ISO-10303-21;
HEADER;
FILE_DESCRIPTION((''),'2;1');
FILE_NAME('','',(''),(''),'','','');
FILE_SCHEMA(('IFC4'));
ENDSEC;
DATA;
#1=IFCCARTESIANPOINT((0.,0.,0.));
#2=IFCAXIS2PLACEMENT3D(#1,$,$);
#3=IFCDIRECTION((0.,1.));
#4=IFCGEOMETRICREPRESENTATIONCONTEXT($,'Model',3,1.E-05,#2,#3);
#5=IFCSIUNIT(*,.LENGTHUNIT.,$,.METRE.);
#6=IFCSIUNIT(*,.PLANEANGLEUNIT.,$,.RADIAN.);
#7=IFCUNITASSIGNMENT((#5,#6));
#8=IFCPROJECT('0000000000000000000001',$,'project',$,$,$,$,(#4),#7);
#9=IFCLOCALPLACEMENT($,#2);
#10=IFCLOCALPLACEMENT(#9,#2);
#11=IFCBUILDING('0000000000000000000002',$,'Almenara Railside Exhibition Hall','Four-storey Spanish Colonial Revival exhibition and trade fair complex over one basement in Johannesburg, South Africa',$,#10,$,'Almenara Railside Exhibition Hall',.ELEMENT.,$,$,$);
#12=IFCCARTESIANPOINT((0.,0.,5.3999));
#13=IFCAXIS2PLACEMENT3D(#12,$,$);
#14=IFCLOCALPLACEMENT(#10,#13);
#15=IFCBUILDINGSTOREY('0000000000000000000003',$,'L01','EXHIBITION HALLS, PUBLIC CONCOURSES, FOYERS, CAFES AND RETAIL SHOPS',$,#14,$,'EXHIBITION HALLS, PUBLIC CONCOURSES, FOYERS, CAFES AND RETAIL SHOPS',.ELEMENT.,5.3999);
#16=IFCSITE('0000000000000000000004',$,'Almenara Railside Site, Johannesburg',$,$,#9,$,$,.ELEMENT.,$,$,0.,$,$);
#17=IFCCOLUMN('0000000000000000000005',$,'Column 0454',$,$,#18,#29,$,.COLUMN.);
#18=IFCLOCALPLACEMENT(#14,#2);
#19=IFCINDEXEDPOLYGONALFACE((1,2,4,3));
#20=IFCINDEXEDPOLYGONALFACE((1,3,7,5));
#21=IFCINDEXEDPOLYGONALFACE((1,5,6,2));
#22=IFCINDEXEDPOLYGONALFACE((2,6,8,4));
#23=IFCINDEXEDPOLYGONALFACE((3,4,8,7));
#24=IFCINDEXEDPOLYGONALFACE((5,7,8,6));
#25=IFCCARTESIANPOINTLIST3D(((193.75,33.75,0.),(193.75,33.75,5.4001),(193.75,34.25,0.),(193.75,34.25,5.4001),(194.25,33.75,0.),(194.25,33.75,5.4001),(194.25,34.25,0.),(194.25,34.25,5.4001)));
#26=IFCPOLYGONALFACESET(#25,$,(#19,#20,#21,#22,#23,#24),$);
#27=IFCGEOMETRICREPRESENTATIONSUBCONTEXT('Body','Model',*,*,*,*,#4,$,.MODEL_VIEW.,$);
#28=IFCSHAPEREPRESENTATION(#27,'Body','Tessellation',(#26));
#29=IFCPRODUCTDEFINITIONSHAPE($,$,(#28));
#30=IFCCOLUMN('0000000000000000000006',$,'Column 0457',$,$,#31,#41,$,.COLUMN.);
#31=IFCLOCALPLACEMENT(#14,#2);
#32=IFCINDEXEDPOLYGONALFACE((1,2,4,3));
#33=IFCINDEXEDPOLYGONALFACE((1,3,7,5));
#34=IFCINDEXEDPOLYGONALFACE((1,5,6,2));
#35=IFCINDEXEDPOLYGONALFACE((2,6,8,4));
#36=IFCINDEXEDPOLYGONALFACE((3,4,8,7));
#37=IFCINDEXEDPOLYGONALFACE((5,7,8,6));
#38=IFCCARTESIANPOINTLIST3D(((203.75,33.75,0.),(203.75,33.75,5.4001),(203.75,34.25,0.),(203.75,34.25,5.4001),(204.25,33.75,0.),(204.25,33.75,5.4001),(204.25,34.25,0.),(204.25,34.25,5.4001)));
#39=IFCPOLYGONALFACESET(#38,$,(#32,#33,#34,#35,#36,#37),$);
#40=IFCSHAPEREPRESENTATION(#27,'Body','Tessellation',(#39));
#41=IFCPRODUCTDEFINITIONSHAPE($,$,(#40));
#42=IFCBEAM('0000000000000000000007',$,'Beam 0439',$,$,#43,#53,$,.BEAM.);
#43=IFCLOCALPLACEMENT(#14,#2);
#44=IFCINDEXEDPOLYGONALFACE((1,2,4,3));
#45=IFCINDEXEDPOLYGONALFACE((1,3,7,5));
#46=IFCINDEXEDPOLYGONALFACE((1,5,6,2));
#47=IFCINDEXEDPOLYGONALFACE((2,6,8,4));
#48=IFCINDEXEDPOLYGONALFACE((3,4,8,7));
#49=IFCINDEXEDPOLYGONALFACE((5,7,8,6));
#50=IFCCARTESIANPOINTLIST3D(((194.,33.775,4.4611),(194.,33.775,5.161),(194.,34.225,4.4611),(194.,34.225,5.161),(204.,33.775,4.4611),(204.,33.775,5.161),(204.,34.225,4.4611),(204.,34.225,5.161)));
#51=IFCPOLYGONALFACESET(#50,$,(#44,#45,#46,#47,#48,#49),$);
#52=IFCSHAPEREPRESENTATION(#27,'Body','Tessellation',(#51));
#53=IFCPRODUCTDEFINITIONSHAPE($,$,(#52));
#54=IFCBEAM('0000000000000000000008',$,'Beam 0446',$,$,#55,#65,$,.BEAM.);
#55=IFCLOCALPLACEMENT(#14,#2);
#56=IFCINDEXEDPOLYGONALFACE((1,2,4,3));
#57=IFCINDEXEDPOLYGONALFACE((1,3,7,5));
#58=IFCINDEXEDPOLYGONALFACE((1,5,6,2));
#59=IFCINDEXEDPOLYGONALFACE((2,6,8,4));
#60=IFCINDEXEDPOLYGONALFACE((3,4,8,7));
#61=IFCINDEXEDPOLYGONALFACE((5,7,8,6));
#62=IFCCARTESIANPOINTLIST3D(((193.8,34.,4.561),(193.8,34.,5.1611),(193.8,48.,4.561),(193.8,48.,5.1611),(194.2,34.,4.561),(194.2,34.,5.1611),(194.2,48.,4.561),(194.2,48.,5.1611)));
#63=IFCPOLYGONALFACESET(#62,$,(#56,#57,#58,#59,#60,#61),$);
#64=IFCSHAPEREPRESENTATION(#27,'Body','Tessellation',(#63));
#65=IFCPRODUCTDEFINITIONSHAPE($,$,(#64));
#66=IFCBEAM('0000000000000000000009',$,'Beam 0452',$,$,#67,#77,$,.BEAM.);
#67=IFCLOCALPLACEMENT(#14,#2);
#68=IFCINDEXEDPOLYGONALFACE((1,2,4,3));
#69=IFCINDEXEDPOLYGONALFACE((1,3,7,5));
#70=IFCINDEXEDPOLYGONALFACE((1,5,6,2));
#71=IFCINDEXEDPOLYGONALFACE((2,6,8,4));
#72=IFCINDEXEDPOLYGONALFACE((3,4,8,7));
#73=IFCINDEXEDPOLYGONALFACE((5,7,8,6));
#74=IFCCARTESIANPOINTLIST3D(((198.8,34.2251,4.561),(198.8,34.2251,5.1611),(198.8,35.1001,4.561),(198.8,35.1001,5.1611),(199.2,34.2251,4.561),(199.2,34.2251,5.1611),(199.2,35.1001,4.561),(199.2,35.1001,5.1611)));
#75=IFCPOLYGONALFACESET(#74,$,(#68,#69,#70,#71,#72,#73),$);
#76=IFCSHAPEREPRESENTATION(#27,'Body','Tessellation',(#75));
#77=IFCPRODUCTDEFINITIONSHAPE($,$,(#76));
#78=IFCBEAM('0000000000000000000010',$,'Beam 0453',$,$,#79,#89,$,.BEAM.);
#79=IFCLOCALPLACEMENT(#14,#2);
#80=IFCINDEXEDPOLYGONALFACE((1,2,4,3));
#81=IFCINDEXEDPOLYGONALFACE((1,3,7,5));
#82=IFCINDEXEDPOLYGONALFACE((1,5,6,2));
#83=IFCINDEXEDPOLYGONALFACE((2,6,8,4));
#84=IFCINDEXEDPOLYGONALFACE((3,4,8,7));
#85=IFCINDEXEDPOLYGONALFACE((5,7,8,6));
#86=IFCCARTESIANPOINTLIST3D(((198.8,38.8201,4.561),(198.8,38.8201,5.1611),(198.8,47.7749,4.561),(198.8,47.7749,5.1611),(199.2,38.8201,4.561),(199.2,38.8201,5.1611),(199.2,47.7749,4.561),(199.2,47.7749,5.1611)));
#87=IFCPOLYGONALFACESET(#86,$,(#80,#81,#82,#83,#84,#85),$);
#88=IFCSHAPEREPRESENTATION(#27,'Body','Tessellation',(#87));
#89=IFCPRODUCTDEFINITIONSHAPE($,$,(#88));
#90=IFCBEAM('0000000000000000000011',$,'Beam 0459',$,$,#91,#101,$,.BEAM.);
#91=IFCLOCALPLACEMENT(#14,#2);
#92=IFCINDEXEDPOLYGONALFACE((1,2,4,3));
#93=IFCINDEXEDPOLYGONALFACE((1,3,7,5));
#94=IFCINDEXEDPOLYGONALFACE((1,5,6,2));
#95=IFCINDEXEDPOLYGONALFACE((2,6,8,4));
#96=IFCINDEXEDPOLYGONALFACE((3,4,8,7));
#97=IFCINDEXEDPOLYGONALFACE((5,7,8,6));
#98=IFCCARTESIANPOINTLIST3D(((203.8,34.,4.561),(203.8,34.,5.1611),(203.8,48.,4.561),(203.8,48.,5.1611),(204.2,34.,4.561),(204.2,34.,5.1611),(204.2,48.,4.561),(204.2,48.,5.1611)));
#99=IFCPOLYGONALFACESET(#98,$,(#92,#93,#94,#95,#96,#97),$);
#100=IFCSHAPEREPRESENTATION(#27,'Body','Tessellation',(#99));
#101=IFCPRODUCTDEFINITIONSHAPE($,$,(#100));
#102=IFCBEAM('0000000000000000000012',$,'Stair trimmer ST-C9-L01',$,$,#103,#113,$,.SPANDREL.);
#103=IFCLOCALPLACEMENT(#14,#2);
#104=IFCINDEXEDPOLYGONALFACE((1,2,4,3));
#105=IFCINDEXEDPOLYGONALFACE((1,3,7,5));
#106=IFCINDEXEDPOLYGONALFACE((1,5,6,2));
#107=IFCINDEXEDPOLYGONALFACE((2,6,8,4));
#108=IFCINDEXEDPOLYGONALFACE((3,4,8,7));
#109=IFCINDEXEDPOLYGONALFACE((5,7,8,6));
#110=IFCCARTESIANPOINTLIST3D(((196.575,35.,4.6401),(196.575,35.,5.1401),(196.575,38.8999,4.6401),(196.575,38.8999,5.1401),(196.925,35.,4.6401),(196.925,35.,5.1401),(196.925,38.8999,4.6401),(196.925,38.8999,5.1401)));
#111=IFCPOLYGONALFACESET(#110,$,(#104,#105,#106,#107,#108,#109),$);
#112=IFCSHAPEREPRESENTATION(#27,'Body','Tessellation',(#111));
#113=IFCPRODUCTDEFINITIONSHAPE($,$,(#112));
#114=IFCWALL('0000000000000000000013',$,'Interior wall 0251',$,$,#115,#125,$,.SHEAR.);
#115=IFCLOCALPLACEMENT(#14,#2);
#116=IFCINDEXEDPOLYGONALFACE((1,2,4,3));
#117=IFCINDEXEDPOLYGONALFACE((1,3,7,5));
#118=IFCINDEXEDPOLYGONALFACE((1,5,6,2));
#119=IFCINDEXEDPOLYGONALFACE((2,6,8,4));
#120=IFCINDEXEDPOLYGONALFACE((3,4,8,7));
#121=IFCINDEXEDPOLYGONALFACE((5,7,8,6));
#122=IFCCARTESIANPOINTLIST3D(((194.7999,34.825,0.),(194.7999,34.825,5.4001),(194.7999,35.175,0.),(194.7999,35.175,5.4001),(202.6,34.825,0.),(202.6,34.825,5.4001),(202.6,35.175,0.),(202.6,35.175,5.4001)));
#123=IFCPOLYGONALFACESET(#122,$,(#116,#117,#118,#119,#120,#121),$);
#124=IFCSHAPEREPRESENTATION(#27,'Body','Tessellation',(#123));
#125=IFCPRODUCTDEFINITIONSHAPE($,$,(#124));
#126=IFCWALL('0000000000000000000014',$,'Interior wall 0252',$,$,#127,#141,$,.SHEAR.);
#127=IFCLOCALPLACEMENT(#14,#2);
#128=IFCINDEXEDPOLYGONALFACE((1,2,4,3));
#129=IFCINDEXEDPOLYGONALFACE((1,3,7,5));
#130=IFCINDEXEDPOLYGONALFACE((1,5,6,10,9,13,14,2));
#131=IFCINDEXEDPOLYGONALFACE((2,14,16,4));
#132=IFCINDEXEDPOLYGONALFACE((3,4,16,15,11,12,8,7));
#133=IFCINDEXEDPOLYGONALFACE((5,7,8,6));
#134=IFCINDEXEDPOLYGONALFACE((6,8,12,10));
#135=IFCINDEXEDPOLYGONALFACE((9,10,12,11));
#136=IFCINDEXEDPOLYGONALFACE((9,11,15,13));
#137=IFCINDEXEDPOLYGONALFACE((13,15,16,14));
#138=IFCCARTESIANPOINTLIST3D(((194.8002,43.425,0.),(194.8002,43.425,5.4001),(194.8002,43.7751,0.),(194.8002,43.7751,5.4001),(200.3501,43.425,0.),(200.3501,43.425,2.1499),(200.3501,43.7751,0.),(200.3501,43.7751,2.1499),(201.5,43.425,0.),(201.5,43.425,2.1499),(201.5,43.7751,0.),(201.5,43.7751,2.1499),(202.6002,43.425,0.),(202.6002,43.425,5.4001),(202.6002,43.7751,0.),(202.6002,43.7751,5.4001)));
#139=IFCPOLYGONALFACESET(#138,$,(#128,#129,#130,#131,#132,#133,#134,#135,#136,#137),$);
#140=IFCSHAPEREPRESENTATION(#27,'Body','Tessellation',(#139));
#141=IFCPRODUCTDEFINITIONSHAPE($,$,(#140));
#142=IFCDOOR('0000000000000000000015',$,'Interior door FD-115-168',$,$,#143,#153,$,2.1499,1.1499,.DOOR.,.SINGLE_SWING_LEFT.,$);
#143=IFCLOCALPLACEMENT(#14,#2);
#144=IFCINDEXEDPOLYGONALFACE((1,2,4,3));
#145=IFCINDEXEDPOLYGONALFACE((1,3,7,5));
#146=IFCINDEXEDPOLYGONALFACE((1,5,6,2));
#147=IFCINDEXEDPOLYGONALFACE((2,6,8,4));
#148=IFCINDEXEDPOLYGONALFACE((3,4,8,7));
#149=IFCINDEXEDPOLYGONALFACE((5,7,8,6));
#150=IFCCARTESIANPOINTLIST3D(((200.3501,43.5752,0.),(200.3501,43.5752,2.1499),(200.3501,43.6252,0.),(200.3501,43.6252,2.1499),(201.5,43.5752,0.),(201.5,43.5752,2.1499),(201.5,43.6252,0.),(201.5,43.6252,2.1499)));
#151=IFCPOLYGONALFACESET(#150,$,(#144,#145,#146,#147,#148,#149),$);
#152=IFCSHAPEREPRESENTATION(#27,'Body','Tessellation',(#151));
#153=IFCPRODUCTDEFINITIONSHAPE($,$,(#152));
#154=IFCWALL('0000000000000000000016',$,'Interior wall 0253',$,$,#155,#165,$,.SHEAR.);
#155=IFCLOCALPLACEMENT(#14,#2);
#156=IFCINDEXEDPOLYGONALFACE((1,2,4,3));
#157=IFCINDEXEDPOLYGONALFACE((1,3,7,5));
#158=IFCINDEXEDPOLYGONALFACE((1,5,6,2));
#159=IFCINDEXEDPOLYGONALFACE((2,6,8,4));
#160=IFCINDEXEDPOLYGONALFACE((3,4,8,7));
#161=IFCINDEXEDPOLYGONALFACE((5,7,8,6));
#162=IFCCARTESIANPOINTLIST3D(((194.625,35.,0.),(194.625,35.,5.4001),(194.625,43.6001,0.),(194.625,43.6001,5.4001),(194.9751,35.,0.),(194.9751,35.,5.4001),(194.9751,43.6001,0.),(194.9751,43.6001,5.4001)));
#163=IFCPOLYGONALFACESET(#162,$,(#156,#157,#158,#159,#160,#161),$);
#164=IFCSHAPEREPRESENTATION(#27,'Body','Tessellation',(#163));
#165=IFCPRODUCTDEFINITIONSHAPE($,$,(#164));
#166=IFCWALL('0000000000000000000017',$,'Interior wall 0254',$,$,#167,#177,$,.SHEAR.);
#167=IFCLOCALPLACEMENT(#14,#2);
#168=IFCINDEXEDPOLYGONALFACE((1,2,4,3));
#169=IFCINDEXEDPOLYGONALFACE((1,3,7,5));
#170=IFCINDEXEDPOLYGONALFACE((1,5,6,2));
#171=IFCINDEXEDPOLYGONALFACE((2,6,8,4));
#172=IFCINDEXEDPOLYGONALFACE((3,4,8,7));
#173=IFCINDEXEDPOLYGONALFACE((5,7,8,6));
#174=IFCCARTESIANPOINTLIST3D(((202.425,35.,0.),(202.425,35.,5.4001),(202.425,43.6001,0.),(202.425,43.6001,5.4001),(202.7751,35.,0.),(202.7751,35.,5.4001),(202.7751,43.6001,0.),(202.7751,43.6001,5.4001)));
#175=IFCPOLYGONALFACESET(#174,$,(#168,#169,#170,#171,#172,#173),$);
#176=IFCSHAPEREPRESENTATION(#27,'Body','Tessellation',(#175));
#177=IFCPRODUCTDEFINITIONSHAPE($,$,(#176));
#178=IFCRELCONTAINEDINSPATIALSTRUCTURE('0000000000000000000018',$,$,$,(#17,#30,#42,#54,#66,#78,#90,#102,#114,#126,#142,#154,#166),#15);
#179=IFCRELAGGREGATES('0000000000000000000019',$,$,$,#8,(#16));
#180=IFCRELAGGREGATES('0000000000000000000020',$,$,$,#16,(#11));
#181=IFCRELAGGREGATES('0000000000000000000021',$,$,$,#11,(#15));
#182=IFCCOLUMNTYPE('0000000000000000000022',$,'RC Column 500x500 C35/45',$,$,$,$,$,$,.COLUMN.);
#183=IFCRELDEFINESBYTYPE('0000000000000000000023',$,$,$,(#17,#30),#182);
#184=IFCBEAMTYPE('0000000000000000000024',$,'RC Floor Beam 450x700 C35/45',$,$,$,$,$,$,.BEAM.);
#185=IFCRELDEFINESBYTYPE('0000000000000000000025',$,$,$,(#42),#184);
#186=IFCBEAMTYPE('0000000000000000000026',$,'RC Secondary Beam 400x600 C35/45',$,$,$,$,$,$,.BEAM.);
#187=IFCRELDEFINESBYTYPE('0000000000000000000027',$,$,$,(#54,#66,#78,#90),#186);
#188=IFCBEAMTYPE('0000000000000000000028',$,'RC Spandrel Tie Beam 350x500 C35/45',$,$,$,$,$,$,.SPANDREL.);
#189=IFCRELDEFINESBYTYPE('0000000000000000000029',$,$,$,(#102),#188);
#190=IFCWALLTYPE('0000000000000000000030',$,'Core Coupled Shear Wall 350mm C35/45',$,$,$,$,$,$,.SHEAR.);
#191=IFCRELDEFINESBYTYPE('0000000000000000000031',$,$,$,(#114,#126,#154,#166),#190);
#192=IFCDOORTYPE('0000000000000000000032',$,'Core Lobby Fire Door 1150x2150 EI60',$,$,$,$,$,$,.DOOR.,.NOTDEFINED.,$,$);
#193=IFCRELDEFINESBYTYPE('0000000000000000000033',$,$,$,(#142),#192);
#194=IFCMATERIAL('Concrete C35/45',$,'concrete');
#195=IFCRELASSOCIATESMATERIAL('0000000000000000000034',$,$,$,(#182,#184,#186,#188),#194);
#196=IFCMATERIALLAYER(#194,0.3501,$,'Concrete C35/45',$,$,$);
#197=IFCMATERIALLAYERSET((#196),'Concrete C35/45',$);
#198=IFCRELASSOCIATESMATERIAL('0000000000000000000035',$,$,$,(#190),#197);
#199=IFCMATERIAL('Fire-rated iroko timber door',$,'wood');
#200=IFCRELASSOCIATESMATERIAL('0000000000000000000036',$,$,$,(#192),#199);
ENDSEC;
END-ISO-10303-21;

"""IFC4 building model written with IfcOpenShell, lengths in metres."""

from ifc_helpers import new_model, si_unit, direction, frame, frame_2d, origin, origin_2d, place, context, subcontext, project, spatial, rectangle, extrude, material, layer, layer_set, material_profile, profile_set, type_object, element, fill, save


model = new_model("IFC4")

# Units and contexts
model_context = context("Model", 3, precision=1e-05, world=origin(), true_north=direction((0.0, 1.0)))
body_context = subcontext(model_context, "Body", "Model", "MODEL_VIEW")
ifc_project = project(units=[si_unit("LENGTHUNIT", "METRE"), si_unit("PLANEANGLEUNIT", "RADIAN")], contexts=[model_context])

# Site, building, storey
site_placement = place(None, origin())
site = spatial("IfcSite", under=ifc_project, at=site_placement, Name="Almenara Railside Site, Johannesburg", CompositionType="ELEMENT", RefElevation=0.0)
building_placement = place(site_placement, origin())
building = spatial("IfcBuilding", under=site, at=building_placement, Name="Almenara Railside Exhibition Hall", Description="Four-storey Spanish Colonial Revival exhibition and trade fair complex over one basement in Johannesburg, South Africa", LongName="Almenara Railside Exhibition Hall", CompositionType="ELEMENT")
storey_placement = place(building_placement, frame((0.0, 0.0, 5.3999)))
storey = spatial("IfcBuildingStorey", under=building, at=storey_placement, Name="L01", Description="EXHIBITION HALLS, PUBLIC CONCOURSES, FOYERS, CAFES AND RETAIL SHOPS", LongName="EXHIBITION HALLS, PUBLIC CONCOURSES, FOYERS, CAFES AND RETAIL SHOPS", CompositionType="ELEMENT", Elevation=5.3999)

# Columns
ifc_material_1 = material(Name="Concrete C35/45", Category="concrete")
ifc_material_profile_1 = material_profile(ifc_material_1, rectangle(XDim=0.5, YDim=0.5, at=origin_2d()), Name="RC 500x500")
ifc_profile_set_1 = profile_set([ifc_material_profile_1], Name="Concrete C35/45")
column_type = type_object("IfcColumnType", Name="RC Column 500x500 C35/45", PredefinedType="COLUMN", material=ifc_profile_set_1)
for number, where, z_axis, x_axis, name in (
    (1, (194.0, 34.0, 0.0), (0.0, 0.0, 1.0), (1.0, 0.0, 0.0), "Column 0454"),
    (2, (204.0, 34.0, 0.0), (0.0, 0.0, 1.0), (1.0, 0.0, 0.0), "Column 0457"),
):
    element("IfcColumn", number, at=place(storey_placement, frame(where, z_axis=z_axis, x_axis=x_axis)), inside=storey, type_object=column_type, Name=name, PredefinedType="COLUMN", context=body_context, shape_type="SweptSolid", body=[
        extrude(rectangle(XDim=0.5, YDim=0.5, at=origin_2d()), origin(), (0.0, 0.0, 1.0), 5.4001),
    ])

# Beams
ifc_material_profile_2 = material_profile(ifc_material_1, rectangle(XDim=0.45, YDim=0.7, at=origin_2d()), Name="RC 450x700")
ifc_profile_set_2 = profile_set([ifc_material_profile_2], Name="Concrete C35/45")
beam_type_1 = type_object("IfcBeamType", Name="RC Floor Beam 450x700 C35/45", PredefinedType="BEAM", material=ifc_profile_set_2)
beam_1_placement = place(storey_placement, frame((194.0, 34.0, 4.811), z_axis=(1.0, 0.0, 0.0), x_axis=(0.0, 1.0, 0.0)))
element("IfcBeam", 3, at=beam_1_placement, inside=storey, type_object=beam_type_1, Name="Beam 0439", PredefinedType="BEAM", context=body_context, shape_type="SweptSolid", body=[
    extrude(rectangle(XDim=0.45, YDim=0.7, at=origin_2d()), origin(), (0.0, 0.0, 1.0), 10.0),
])
ifc_material_profile_3 = material_profile(ifc_material_1, rectangle(XDim=0.3999, YDim=0.6001, at=origin_2d()), Name="RC 400x600")
ifc_profile_set_3 = profile_set([ifc_material_profile_3], Name="Concrete C35/45")
beam_type_2 = type_object("IfcBeamType", Name="RC Secondary Beam 400x600 C35/45", PredefinedType="BEAM", material=ifc_profile_set_3)
beam_2_placement = place(storey_placement, frame((194.0, 34.0, 4.8611), z_axis=(0.0, 1.0, 0.0), x_axis=(-1.0, 0.0, 0.0)))
element("IfcBeam", 4, at=beam_2_placement, inside=storey, type_object=beam_type_2, Name="Beam 0446", PredefinedType="BEAM", context=body_context, shape_type="SweptSolid", body=[
    extrude(rectangle(XDim=0.3999, YDim=0.6001, at=origin_2d()), origin(), (0.0, 0.0, 1.0), 14.0),
])
beam_3_placement = place(storey_placement, frame((199.0, 34.2251, 4.8611), z_axis=(0.0, 1.0, 0.0), x_axis=(-1.0, 0.0, 0.0)))
element("IfcBeam", 5, at=beam_3_placement, inside=storey, type_object=beam_type_2, Name="Beam 0452", PredefinedType="BEAM", context=body_context, shape_type="SweptSolid", body=[
    extrude(rectangle(XDim=0.3999, YDim=0.6001, at=origin_2d()), origin(), (0.0, 0.0, 1.0), 0.875),
])
beam_4_placement = place(storey_placement, frame((199.0, 38.8201, 4.8611), z_axis=(0.0, 1.0, 0.0), x_axis=(-1.0, 0.0, 0.0)))
element("IfcBeam", 6, at=beam_4_placement, inside=storey, type_object=beam_type_2, Name="Beam 0453", PredefinedType="BEAM", context=body_context, shape_type="SweptSolid", body=[
    extrude(rectangle(XDim=0.3999, YDim=0.6001, at=origin_2d()), origin(), (0.0, 0.0, 1.0), 8.9548),
])
beam_5_placement = place(storey_placement, frame((204.0, 34.0, 4.8611), z_axis=(0.0, 1.0, 0.0), x_axis=(-1.0, 0.0, 0.0)))
element("IfcBeam", 7, at=beam_5_placement, inside=storey, type_object=beam_type_2, Name="Beam 0459", PredefinedType="BEAM", context=body_context, shape_type="SweptSolid", body=[
    extrude(rectangle(XDim=0.3999, YDim=0.6001, at=origin_2d()), origin(), (0.0, 0.0, 1.0), 14.0),
])
ifc_material_profile_4 = material_profile(ifc_material_1, rectangle(XDim=0.3501, YDim=0.5, at=origin_2d()), Name="RC 350x500")
ifc_profile_set_4 = profile_set([ifc_material_profile_4], Name="Concrete C35/45")
beam_type_3 = type_object("IfcBeamType", Name="RC Spandrel Tie Beam 350x500 C35/45", PredefinedType="SPANDREL", material=ifc_profile_set_4)
beam_6_placement = place(storey_placement, frame((196.75, 35.0, 4.8901), z_axis=(0.0, 1.0, 0.0), x_axis=(-1.0, 0.0, 0.0)))
element("IfcBeam", 8, at=beam_6_placement, inside=storey, type_object=beam_type_3, Name="Stair trimmer ST-C9-L01", PredefinedType="SPANDREL", context=body_context, shape_type="SweptSolid", body=[
    extrude(rectangle(XDim=0.3501, YDim=0.5, at=origin_2d()), origin(), (0.0, 0.0, 1.0), 3.8999),
])

# Wall
ifc_layer_1 = layer(ifc_material_1, 0.3501, Name="Concrete C35/45")
ifc_layer_set_1 = layer_set([ifc_layer_1], Name="Concrete C35/45")
wall_type_1 = type_object("IfcWallType", Name="Core Coupled Shear Wall 350mm C35/45", PredefinedType="SHEAR", material=ifc_layer_set_1)
wall_1_placement = place(storey_placement, frame((194.8, 35.0, 0.0), z_axis=(0.0, 0.0, 1.0), x_axis=(1.0, 0.0, 0.0)))
element("IfcWall", 9, at=wall_1_placement, inside=storey, type_object=wall_type_1, Name="Interior wall 0251", PredefinedType="SHEAR", context=body_context, shape_type="SweptSolid", body=[
    extrude(rectangle(XDim=7.8, YDim=0.3501, at=frame_2d((3.8999, 0.0))), origin(), (0.0, 0.0, 1.0), 5.4001),
])

# Wall, opening, door
wall_2_placement = place(storey_placement, frame((202.6001, 43.6001, 0.0), z_axis=(0.0, 0.0, 1.0), x_axis=(-1.0, 0.0, 0.0)))
wall_2 = element("IfcWall", 10, at=wall_2_placement, inside=storey, type_object=wall_type_1, Name="Interior wall 0252", PredefinedType="SHEAR", context=body_context, shape_type="SweptSolid", body=[
    extrude(rectangle(XDim=7.8, YDim=0.3501, at=frame_2d((3.8999, 0.0))), origin(), (0.0, 0.0, 1.0), 5.4001),
])
opening_1_placement = place(wall_2_placement, frame((1.1001, 0.0, 0.0)))
opening_1 = element("IfcOpeningElement", 11, at=opening_1_placement, cuts=wall_2, PredefinedType="OPENING", context=body_context, shape_type="SweptSolid", body=[
    extrude(rectangle(XDim=1.1499, YDim=2.1499, at=frame_2d((0.575, 1.075))), frame((0.0, 0.1851, 0.0), z_axis=(0.0, -1.0, 0.0), x_axis=(1.0, 0.0, 0.0)), (0.0, 0.0, 1.0), 0.3701),
])
ifc_material_2 = material(Name="Fire-rated iroko timber door", Category="wood")
door_type_1 = type_object("IfcDoorType", Name="Core Lobby Fire Door 1150x2150 EI60", OperationType="NOTDEFINED", PredefinedType="DOOR", material=ifc_material_2)
door_1_placement = place(opening_1_placement, origin())
door_1 = element("IfcDoor", 12, at=door_1_placement, inside=storey, type_object=door_type_1, Name="Interior door FD-115-168", OperationType="SINGLE_SWING_LEFT", OverallHeight=2.1499, OverallWidth=1.1499, PredefinedType="DOOR", context=body_context, shape_type="SweptSolid", body=[
    extrude(rectangle(XDim=1.1499, YDim=2.1499, at=frame_2d((0.575, 1.075))), frame((0.0, 0.0249, 0.0), z_axis=(0.0, -1.0, 0.0), x_axis=(1.0, 0.0, 0.0)), (0.0, 0.0, 1.0), 0.05),
])
fill(opening_1, door_1)

# Walls
for number, where, z_axis, x_axis, name in (
    (13, (194.8, 43.6001, 0.0), (0.0, 0.0, 1.0), (0.0, -1.0, 0.0), "Interior wall 0253"),
    (14, (202.6001, 35.0, 0.0), (0.0, 0.0, 1.0), (0.0, 1.0, 0.0), "Interior wall 0254"),
):
    element("IfcWall", number, at=place(storey_placement, frame(where, z_axis=z_axis, x_axis=x_axis)), inside=storey, type_object=wall_type_1, Name=name, PredefinedType="SHEAR", context=body_context, shape_type="SweptSolid", body=[
        extrude(rectangle(XDim=8.6001, YDim=0.3501, at=frame_2d((4.3, 0.0))), origin(), (0.0, 0.0, 1.0), 5.4001),
    ])

save(model, "model.ifc")
